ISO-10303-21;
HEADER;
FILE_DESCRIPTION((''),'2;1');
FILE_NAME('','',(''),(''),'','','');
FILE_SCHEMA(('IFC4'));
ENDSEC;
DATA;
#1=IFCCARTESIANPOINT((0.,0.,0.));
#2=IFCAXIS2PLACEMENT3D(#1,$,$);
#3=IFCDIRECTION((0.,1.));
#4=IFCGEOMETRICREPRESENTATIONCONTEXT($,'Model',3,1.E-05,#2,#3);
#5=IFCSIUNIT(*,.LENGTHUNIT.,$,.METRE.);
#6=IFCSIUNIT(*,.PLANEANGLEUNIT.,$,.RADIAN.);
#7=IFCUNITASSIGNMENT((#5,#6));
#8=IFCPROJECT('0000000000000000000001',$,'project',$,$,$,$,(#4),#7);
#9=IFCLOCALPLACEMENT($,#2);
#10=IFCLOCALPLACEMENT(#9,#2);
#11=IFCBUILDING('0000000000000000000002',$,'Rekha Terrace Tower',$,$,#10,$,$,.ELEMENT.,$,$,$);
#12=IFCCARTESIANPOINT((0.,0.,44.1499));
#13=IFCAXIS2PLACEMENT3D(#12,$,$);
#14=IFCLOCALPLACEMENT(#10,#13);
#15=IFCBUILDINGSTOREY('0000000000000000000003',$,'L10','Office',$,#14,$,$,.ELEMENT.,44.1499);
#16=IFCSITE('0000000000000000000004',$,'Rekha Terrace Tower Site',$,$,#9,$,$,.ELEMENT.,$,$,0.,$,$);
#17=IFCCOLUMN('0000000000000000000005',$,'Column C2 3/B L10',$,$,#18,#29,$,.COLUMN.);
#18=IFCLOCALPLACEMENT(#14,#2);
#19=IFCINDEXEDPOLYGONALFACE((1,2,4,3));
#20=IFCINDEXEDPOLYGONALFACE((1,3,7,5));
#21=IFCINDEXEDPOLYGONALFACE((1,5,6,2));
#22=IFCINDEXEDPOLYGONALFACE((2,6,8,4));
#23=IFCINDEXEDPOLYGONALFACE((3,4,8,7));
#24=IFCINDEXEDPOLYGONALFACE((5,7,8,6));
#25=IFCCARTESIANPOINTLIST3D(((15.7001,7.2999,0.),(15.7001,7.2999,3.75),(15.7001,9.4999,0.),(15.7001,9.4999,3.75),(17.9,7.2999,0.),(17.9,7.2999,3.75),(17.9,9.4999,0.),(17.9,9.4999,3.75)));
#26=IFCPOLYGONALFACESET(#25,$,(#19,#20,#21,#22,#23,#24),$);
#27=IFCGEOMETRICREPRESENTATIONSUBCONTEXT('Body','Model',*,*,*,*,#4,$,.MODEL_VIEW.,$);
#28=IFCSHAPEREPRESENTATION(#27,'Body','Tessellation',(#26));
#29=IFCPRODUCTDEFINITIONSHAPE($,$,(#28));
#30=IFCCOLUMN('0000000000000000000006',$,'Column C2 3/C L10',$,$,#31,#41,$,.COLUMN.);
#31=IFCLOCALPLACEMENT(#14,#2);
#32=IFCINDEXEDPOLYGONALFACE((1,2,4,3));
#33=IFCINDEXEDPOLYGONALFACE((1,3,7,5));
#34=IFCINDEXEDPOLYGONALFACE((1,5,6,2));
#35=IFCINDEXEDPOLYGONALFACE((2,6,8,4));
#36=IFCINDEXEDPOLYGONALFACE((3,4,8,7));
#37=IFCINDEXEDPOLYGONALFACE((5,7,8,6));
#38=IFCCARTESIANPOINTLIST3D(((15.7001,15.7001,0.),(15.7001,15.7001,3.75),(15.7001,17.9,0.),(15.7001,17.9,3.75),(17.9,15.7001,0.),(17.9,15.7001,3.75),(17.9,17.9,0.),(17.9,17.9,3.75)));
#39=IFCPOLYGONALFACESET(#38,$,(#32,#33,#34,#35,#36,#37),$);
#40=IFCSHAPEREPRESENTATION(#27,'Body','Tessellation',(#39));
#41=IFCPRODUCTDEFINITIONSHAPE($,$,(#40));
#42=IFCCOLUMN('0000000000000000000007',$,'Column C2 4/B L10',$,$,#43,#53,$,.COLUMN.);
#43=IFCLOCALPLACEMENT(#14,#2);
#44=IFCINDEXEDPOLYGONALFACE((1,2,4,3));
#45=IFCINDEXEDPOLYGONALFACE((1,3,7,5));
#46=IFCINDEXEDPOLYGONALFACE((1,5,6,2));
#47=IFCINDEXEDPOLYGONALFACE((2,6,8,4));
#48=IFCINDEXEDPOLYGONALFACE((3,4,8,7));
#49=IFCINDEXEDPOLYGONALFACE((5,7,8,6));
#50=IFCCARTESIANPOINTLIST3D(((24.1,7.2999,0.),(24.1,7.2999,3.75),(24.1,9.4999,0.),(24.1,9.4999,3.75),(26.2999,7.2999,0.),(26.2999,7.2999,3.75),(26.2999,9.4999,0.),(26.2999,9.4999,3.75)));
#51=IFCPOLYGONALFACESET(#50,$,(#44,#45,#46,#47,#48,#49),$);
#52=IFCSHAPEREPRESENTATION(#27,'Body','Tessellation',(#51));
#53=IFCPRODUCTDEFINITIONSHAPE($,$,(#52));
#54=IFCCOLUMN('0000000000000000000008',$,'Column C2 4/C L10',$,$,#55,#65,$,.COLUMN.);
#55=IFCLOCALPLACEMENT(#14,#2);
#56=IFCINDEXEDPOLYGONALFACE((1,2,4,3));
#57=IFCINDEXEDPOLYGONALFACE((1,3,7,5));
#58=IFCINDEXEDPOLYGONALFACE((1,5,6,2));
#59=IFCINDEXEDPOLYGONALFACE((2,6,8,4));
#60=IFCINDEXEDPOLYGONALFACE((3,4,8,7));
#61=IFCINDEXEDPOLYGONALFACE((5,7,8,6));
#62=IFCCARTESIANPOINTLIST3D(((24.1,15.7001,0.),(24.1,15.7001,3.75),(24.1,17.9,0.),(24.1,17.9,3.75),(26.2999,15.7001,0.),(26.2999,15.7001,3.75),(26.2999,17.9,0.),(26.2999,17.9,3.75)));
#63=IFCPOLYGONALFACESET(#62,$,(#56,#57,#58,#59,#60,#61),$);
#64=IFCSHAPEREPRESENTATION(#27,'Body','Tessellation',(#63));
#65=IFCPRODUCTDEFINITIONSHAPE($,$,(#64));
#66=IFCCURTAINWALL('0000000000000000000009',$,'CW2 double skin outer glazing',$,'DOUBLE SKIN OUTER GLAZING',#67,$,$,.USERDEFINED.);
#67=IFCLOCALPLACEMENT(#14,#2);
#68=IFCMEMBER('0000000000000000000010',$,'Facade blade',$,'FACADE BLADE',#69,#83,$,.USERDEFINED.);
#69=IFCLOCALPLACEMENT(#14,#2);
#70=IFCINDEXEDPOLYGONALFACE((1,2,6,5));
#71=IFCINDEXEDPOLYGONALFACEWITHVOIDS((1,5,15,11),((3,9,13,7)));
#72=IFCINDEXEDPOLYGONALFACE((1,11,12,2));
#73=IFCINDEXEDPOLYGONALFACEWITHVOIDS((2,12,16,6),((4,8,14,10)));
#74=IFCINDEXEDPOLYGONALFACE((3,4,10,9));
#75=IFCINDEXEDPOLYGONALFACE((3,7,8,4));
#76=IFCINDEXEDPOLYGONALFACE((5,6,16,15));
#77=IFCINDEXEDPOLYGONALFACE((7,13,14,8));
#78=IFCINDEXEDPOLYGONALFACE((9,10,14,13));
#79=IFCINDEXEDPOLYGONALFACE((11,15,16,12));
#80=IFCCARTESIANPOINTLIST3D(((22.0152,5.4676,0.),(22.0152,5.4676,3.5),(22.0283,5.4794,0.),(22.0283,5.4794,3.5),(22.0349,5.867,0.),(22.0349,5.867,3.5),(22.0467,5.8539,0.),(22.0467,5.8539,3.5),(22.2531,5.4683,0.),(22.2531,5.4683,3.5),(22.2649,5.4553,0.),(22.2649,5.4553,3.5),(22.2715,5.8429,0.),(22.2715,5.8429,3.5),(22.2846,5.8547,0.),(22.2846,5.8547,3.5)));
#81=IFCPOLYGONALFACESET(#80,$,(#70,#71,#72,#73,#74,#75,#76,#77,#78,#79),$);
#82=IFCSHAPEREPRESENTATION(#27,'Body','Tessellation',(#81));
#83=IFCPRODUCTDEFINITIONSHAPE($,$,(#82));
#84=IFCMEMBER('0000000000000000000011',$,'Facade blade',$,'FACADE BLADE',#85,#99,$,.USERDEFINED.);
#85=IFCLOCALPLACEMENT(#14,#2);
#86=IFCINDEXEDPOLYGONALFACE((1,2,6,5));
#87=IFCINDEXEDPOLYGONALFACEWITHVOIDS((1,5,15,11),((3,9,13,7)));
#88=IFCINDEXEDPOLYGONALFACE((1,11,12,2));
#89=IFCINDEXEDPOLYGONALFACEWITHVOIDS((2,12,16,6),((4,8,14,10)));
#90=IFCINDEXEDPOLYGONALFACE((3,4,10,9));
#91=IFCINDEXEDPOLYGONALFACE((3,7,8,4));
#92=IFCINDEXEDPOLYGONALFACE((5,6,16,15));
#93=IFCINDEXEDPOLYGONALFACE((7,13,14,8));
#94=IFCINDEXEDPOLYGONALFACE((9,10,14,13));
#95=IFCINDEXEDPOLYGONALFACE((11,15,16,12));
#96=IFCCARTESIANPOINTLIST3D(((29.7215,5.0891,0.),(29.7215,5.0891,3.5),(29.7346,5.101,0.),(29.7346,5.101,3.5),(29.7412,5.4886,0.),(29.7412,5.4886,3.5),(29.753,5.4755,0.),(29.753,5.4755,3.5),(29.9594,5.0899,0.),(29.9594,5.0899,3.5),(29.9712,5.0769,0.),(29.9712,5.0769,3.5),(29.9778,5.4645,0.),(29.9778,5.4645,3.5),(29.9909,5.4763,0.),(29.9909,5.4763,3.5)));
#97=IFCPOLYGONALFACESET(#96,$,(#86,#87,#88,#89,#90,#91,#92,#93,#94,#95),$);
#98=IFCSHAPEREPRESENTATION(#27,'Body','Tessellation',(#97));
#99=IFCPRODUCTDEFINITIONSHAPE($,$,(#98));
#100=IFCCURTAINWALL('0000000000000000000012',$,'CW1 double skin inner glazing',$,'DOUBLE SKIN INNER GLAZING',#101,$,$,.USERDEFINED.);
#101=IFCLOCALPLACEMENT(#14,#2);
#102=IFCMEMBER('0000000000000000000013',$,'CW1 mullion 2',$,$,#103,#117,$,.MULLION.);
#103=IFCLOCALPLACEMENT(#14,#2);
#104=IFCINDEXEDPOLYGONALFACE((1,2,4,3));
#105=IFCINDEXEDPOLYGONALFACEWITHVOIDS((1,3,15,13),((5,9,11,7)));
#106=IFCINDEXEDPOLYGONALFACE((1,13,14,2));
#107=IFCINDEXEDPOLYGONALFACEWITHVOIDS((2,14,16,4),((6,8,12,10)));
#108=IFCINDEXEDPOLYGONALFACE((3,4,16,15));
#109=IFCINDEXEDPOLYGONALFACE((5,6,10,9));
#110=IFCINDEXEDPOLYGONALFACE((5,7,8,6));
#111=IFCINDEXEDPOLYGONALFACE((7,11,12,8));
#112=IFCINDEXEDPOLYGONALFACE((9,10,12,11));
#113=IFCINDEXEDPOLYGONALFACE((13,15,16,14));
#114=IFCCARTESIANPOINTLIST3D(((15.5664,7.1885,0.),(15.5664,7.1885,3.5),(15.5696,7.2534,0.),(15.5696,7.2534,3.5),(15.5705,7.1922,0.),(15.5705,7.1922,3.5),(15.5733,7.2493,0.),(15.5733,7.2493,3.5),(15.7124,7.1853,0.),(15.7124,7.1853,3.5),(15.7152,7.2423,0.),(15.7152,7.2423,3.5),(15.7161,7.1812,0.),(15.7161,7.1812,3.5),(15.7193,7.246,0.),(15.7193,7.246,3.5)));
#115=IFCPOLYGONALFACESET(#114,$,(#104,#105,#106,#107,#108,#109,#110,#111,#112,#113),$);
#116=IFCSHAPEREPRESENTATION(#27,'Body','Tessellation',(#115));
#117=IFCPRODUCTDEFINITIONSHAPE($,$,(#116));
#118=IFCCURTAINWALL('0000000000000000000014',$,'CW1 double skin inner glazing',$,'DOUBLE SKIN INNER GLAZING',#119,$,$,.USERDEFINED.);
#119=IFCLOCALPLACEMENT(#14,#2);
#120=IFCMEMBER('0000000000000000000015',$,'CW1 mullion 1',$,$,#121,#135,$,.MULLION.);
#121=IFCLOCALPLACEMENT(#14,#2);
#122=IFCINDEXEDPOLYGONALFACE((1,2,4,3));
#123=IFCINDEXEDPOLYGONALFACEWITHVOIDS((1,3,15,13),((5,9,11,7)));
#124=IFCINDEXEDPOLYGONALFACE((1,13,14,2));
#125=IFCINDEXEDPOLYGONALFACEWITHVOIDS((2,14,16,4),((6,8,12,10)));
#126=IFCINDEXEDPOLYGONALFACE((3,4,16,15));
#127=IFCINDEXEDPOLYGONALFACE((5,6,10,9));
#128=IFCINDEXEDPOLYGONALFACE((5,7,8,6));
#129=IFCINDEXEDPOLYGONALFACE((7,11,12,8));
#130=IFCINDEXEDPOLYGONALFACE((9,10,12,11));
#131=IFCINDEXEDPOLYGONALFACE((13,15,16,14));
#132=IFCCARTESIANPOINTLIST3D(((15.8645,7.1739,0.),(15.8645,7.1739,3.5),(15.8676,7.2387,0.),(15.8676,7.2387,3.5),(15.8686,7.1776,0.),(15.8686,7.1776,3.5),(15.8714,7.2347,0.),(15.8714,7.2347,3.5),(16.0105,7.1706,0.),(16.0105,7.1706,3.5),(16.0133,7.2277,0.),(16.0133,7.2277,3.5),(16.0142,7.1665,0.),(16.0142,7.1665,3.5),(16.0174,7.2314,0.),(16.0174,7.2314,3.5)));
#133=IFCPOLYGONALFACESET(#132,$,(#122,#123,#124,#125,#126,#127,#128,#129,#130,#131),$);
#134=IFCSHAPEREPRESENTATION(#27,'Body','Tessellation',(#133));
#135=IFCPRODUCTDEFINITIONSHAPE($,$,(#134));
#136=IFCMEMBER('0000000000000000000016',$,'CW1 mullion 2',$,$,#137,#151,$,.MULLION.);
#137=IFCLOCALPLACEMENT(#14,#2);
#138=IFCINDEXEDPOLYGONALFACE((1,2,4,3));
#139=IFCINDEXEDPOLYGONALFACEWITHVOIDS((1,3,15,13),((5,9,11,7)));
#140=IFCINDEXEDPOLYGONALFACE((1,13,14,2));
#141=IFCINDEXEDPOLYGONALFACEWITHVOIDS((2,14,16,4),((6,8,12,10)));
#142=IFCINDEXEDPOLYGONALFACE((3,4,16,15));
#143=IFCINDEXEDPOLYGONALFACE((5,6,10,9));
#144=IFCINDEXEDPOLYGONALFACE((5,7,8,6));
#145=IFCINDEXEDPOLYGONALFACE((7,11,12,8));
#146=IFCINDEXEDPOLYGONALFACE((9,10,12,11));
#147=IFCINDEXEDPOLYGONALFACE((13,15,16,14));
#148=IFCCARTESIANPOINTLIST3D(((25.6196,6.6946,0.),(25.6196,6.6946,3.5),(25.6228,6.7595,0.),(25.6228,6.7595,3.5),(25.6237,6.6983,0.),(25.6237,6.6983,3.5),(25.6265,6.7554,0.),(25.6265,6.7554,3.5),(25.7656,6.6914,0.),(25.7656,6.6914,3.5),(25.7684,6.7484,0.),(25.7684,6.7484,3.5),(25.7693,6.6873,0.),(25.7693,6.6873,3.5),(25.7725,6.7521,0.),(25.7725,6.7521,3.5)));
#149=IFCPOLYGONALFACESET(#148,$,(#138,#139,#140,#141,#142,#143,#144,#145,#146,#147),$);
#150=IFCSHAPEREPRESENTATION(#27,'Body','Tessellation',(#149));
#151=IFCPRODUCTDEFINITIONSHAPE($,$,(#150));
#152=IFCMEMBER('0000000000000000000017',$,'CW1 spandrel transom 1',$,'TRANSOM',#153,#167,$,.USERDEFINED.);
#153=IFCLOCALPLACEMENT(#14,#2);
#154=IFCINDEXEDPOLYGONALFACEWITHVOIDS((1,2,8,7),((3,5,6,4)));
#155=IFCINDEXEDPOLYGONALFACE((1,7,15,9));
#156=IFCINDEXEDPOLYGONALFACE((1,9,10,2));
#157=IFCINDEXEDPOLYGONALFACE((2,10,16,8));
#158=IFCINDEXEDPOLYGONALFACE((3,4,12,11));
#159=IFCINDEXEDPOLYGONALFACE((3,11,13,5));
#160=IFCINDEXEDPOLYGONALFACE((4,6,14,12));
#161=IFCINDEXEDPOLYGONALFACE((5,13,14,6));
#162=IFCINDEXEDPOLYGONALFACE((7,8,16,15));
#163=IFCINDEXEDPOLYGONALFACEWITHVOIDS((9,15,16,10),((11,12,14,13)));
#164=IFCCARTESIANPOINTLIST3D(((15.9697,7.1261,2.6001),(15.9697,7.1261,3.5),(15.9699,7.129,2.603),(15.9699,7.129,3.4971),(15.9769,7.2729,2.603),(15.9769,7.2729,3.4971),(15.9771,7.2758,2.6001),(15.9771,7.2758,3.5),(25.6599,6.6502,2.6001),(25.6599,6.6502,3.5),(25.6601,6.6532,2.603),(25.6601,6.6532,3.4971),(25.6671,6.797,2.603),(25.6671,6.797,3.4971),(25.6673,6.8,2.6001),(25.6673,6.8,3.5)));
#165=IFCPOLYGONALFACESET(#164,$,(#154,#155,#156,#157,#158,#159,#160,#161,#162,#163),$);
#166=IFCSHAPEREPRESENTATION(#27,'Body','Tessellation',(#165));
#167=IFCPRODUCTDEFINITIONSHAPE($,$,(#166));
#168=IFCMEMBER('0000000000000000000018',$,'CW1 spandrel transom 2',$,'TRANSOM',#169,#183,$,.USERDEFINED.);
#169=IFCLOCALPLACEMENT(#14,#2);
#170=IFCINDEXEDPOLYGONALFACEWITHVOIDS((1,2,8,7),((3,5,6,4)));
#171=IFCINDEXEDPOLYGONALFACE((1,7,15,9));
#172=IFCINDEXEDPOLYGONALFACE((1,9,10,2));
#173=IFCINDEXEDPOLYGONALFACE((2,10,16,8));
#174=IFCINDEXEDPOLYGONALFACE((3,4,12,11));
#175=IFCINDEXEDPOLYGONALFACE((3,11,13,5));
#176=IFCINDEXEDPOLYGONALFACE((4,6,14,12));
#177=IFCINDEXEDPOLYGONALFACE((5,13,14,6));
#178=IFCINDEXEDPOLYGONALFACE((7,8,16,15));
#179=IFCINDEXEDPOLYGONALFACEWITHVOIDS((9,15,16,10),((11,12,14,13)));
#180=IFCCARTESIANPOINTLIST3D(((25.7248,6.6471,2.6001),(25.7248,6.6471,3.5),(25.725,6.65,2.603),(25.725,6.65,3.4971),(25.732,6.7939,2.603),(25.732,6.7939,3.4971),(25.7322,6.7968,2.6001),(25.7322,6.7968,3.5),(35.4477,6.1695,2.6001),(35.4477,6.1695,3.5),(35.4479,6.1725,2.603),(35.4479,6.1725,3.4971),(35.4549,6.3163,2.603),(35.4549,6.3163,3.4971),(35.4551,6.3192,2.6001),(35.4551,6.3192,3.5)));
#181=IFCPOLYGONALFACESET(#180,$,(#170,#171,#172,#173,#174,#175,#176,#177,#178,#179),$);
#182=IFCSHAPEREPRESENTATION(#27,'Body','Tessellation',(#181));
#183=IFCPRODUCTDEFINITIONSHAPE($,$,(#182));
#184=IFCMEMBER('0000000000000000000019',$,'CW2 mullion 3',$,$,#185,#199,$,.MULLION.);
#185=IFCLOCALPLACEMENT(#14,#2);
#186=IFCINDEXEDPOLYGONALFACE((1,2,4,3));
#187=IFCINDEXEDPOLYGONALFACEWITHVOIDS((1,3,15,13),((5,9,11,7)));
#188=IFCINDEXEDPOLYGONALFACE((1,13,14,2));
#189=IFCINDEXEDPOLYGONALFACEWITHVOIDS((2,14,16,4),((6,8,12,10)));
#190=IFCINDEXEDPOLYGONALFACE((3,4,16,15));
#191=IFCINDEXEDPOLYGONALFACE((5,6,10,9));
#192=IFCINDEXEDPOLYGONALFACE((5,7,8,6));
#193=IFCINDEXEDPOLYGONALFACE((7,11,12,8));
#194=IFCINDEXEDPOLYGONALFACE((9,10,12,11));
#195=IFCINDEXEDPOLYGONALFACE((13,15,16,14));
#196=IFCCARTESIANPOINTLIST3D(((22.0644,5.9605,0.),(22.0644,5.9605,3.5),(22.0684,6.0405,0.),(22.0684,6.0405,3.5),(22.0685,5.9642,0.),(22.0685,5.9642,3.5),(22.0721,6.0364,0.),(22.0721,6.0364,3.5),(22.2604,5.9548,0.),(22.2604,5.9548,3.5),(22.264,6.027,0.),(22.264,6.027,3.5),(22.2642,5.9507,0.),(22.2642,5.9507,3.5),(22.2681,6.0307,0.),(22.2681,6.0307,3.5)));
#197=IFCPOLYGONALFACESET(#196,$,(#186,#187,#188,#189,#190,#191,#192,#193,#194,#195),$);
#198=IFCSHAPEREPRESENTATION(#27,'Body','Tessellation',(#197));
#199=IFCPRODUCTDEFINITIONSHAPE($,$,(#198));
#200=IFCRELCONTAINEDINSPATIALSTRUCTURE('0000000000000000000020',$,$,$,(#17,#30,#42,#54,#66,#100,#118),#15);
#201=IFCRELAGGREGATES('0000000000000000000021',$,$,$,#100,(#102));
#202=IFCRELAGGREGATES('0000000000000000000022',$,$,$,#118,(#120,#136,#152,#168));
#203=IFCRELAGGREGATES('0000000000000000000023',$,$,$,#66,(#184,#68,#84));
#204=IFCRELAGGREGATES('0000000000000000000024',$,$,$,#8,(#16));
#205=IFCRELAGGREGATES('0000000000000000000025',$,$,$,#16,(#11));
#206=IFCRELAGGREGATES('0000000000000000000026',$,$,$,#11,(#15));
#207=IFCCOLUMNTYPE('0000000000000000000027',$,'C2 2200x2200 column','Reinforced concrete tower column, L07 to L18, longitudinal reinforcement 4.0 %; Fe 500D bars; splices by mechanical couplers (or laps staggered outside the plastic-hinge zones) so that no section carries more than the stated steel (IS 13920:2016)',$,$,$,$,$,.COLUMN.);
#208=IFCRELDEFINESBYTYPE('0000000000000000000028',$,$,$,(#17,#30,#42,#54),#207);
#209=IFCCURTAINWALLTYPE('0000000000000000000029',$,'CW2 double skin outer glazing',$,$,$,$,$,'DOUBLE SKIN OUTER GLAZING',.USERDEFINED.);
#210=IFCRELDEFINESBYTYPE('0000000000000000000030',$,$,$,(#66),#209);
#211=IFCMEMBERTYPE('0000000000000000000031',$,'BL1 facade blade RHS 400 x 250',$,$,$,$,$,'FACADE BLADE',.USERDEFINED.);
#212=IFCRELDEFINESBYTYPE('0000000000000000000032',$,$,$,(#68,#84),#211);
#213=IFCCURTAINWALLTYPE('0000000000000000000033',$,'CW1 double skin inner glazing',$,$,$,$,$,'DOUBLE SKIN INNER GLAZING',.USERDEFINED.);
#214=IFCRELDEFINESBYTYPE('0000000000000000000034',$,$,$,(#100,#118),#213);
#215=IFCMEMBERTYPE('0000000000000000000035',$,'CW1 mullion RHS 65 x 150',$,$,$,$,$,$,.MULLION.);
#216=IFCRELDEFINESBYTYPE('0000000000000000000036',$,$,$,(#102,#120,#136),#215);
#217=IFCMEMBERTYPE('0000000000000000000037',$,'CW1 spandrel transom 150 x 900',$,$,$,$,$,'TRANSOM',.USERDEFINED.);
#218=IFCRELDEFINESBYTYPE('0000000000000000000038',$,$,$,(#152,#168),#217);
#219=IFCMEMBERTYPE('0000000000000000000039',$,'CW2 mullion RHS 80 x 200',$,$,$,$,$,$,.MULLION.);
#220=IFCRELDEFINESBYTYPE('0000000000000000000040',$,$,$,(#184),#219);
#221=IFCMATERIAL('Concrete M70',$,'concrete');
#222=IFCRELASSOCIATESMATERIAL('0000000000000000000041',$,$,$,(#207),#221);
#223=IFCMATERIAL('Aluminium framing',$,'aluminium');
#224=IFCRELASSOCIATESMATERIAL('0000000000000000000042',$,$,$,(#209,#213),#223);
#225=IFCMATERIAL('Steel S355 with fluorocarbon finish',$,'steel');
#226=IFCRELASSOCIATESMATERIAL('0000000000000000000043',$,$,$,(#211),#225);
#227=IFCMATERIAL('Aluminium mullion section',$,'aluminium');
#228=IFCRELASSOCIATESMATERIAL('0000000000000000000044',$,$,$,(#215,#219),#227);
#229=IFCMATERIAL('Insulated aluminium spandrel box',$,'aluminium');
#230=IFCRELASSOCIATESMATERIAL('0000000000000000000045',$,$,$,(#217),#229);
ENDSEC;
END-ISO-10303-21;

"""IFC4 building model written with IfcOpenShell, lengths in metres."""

from ifc_helpers import new_model, si_unit, direction, frame, origin, origin_2d, place, context, subcontext, project, spatial, rectangle, hollow_rectangle, extrude, material, material_profile, profile_set, type_object, element, aggregate, save


model = new_model("IFC4")

# Units and contexts
model_context = context("Model", 3, precision=1e-05, world=origin(), true_north=direction((0.0, 1.0)))
body_context = subcontext(model_context, "Body", "Model", "MODEL_VIEW")
ifc_project = project(units=[si_unit("LENGTHUNIT", "METRE"), si_unit("PLANEANGLEUNIT", "RADIAN")], contexts=[model_context])

# Site, building, storey
site_placement = place(None, origin())
site = spatial("IfcSite", under=ifc_project, at=site_placement, Name="Rekha Terrace Tower Site", CompositionType="ELEMENT", RefElevation=0.0)
building_placement = place(site_placement, origin())
building = spatial("IfcBuilding", under=site, at=building_placement, Name="Rekha Terrace Tower", CompositionType="ELEMENT")
storey_placement = place(building_placement, frame((0.0, 0.0, 44.1499)))
storey = spatial("IfcBuildingStorey", under=building, at=storey_placement, Name="L10", Description="Office", CompositionType="ELEMENT", Elevation=44.1499)

# Columns
ifc_material_1 = material(Name="Concrete M70", Category="concrete")
ifc_material_profile_1 = material_profile(ifc_material_1, rectangle(XDim=2.2, YDim=2.2, at=origin_2d()), Name="RC 2200x2200")
ifc_profile_set_1 = profile_set([ifc_material_profile_1], Name="Concrete M70")
column_type = type_object("IfcColumnType", Name="C2 2200x2200 column", Description="Reinforced concrete tower column, L07 to L18, longitudinal reinforcement 4.0 %; Fe 500D bars; splices by mechanical couplers (or laps staggered outside the plastic-hinge zones) so that no section carries more than the stated steel (IS 13920:2016)", PredefinedType="COLUMN", material=ifc_profile_set_1)
for number, where, z_axis, x_axis, name in (
    (1, (16.8, 8.3999, 0.0), (0.0, 0.0, 1.0), (1.0, 0.0, 0.0), "Column C2 3/B L10"),
    (2, (16.8, 16.8, 0.0), (0.0, 0.0, 1.0), (1.0, 0.0, 0.0), "Column C2 3/C L10"),
    (3, (25.2, 8.3999, 0.0), (0.0, 0.0, 1.0), (1.0, 0.0, 0.0), "Column C2 4/B L10"),
    (4, (25.2, 16.8, 0.0), (0.0, 0.0, 1.0), (1.0, 0.0, 0.0), "Column C2 4/C L10"),
):
    element("IfcColumn", number, at=place(storey_placement, frame(where, z_axis=z_axis, x_axis=x_axis)), inside=storey, type_object=column_type, Name=name, PredefinedType="COLUMN", context=body_context, shape_type="SweptSolid", body=[
        extrude(rectangle(XDim=2.2, YDim=2.2, at=origin_2d()), origin(), (0.0, 0.0, 1.0), 3.75),
    ])

# Curtain wall, members
ifc_material_2 = material(Name="Aluminium framing", Category="aluminium")
curtain_wall_type_1 = type_object("IfcCurtainWallType", Name="CW2 double skin outer glazing", ElementType="DOUBLE SKIN OUTER GLAZING", PredefinedType="USERDEFINED", material=ifc_material_2)
curtain_wall_1_placement = place(storey_placement, origin())
curtain_wall_1 = element("IfcCurtainWall", 5, at=curtain_wall_1_placement, inside=storey, type_object=curtain_wall_type_1, Name="CW2 double skin outer glazing", ObjectType="DOUBLE SKIN OUTER GLAZING", PredefinedType="USERDEFINED")
ifc_material_3 = material(Name="Steel S355 with fluorocarbon finish", Category="steel")
ifc_material_profile_2 = material_profile(ifc_material_3, hollow_rectangle(XDim=0.25, YDim=0.3999, WallThickness=0.0125, at=origin_2d()), Name="RHS400x250x12.5")
ifc_profile_set_2 = profile_set([ifc_material_profile_2], Name="Steel S355 with fluorocarbon finish")
member_type_1 = type_object("IfcMemberType", Name="BL1 facade blade RHS 400 x 250", ElementType="FACADE BLADE", PredefinedType="USERDEFINED", material=ifc_profile_set_2)
member_1_placement = place(storey_placement, frame((22.1499, 5.6611, 0.0), z_axis=(0.0, 0.0, 1.0), x_axis=(0.998796, -0.049052, 0.0)))
member_1 = element("IfcMember", 6, at=member_1_placement, type_object=member_type_1, Name="Facade blade", ObjectType="FACADE BLADE", PredefinedType="USERDEFINED", context=body_context, shape_type="SweptSolid", body=[
    extrude(hollow_rectangle(XDim=0.25, YDim=0.3999, WallThickness=0.0125, at=origin_2d()), origin(), (0.0, 0.0, 1.0), 3.5),
])
member_2_placement = place(storey_placement, frame((29.8562, 5.2827, 0.0), z_axis=(0.0, 0.0, 1.0), x_axis=(0.998796, -0.049052, 0.0)))
member_2 = element("IfcMember", 7, at=member_2_placement, type_object=member_type_1, Name="Facade blade", ObjectType="FACADE BLADE", PredefinedType="USERDEFINED", context=body_context, shape_type="SweptSolid", body=[
    extrude(hollow_rectangle(XDim=0.25, YDim=0.3999, WallThickness=0.0125, at=origin_2d()), origin(), (0.0, 0.0, 1.0), 3.5),
])

# Curtain wall, member
curtain_wall_type_2 = type_object("IfcCurtainWallType", Name="CW1 double skin inner glazing", ElementType="DOUBLE SKIN INNER GLAZING", PredefinedType="USERDEFINED", material=ifc_material_2)
curtain_wall_2_placement = place(storey_placement, origin())
curtain_wall_2 = element("IfcCurtainWall", 8, at=curtain_wall_2_placement, inside=storey, type_object=curtain_wall_type_2, Name="CW1 double skin inner glazing", ObjectType="DOUBLE SKIN INNER GLAZING", PredefinedType="USERDEFINED")
ifc_material_4 = material(Name="Aluminium mullion section", Category="aluminium")
ifc_material_profile_3 = material_profile(ifc_material_4, hollow_rectangle(XDim=0.0649, YDim=0.1499, WallThickness=0.0039, at=origin_2d()), Name="AL RHS 65x150")
ifc_profile_set_3 = profile_set([ifc_material_profile_3], Name="Aluminium mullion section")
member_type_2 = type_object("IfcMemberType", Name="CW1 mullion RHS 65 x 150", PredefinedType="MULLION", material=ifc_profile_set_3)
member_3_placement = place(storey_placement, frame((15.6428, 7.2173, 0.0), z_axis=(0.0, 0.0, 1.0), x_axis=(0.049052, 0.998796, 0.0)))
member_3 = element("IfcMember", 9, at=member_3_placement, type_object=member_type_2, Name="CW1 mullion 2", PredefinedType="MULLION", context=body_context, shape_type="SweptSolid", body=[
    extrude(hollow_rectangle(XDim=0.0649, YDim=0.1499, WallThickness=0.0039, at=origin_2d()), origin(), (0.0, 0.0, 1.0), 3.5),
])
aggregate(curtain_wall_2, [member_3])

# Curtain wall, members
curtain_wall_3_placement = place(storey_placement, origin())
curtain_wall_3 = element("IfcCurtainWall", 10, at=curtain_wall_3_placement, inside=storey, type_object=curtain_wall_type_2, Name="CW1 double skin inner glazing", ObjectType="DOUBLE SKIN INNER GLAZING", PredefinedType="USERDEFINED")
member_4_placement = place(storey_placement, frame((15.9409, 7.2026, 0.0), z_axis=(0.0, 0.0, 1.0), x_axis=(0.049052, 0.998796, 0.0)))
member_4 = element("IfcMember", 11, at=member_4_placement, type_object=member_type_2, Name="CW1 mullion 1", PredefinedType="MULLION", context=body_context, shape_type="SweptSolid", body=[
    extrude(hollow_rectangle(XDim=0.0649, YDim=0.1499, WallThickness=0.0039, at=origin_2d()), origin(), (0.0, 0.0, 1.0), 3.5),
])
member_5_placement = place(storey_placement, frame((25.696, 6.7234, 0.0), z_axis=(0.0, 0.0, 1.0), x_axis=(0.049052, 0.998796, 0.0)))
member_5 = element("IfcMember", 12, at=member_5_placement, type_object=member_type_2, Name="CW1 mullion 2", PredefinedType="MULLION", context=body_context, shape_type="SweptSolid", body=[
    extrude(hollow_rectangle(XDim=0.0649, YDim=0.1499, WallThickness=0.0039, at=origin_2d()), origin(), (0.0, 0.0, 1.0), 3.5),
])
ifc_material_5 = material(Name="Insulated aluminium spandrel box", Category="aluminium")
ifc_material_profile_4 = material_profile(ifc_material_5, hollow_rectangle(XDim=0.1499, YDim=0.8999, WallThickness=0.0029, at=origin_2d()), Name="AL SPANDREL BOX 150x900")
ifc_profile_set_4 = profile_set([ifc_material_profile_4], Name="Insulated aluminium spandrel box")
member_type_3 = type_object("IfcMemberType", Name="CW1 spandrel transom 150 x 900", ElementType="TRANSOM", PredefinedType="USERDEFINED", material=ifc_profile_set_4)
member_6_placement = place(storey_placement, frame((15.9734, 7.2009, 3.05), z_axis=(0.998797, -0.049045, 0.0), x_axis=(0.049045, 0.998797, 0.0)))
member_6 = element("IfcMember", 13, at=member_6_placement, type_object=member_type_3, Name="CW1 spandrel transom 1", ObjectType="TRANSOM", PredefinedType="USERDEFINED", context=body_context, shape_type="SweptSolid", body=[
    extrude(hollow_rectangle(XDim=0.1499, YDim=0.8999, WallThickness=0.0029, at=origin_2d()), origin(), (0.0, 0.0, 1.0), 9.7019),
])
member_7_placement = place(storey_placement, frame((25.7285, 6.7219, 3.05), z_axis=(0.998796, -0.049056, 0.0), x_axis=(0.049056, 0.998796, 0.0)))
member_7 = element("IfcMember", 14, at=member_7_placement, type_object=member_type_3, Name="CW1 spandrel transom 2", ObjectType="TRANSOM", PredefinedType="USERDEFINED", context=body_context, shape_type="SweptSolid", body=[
    extrude(hollow_rectangle(XDim=0.1499, YDim=0.8999, WallThickness=0.0029, at=origin_2d()), origin(), (0.0, 0.0, 1.0), 9.7346),
])

# Member
ifc_material_profile_5 = material_profile(ifc_material_4, hollow_rectangle(XDim=0.0801, YDim=0.2, WallThickness=0.0039, at=origin_2d()), Name="AL RHS 80x200")
ifc_profile_set_5 = profile_set([ifc_material_profile_5], Name="Aluminium mullion section")
member_type_4 = type_object("IfcMemberType", Name="CW2 mullion RHS 80 x 200", PredefinedType="MULLION", material=ifc_profile_set_5)
member_8_placement = place(storey_placement, frame((22.1663, 5.9956, 0.0), z_axis=(0.0, 0.0, 1.0), x_axis=(0.049052, 0.998796, 0.0)))
member_8 = element("IfcMember", 15, at=member_8_placement, type_object=member_type_4, Name="CW2 mullion 3", PredefinedType="MULLION", context=body_context, shape_type="SweptSolid", body=[
    extrude(hollow_rectangle(XDim=0.0801, YDim=0.2, WallThickness=0.0039, at=origin_2d()), origin(), (0.0, 0.0, 1.0), 3.5),
])

aggregate(curtain_wall_3, [member_4, member_5, member_6, member_7])
aggregate(curtain_wall_1, [member_8, member_1, member_2])

save(model, "model.ifc")
